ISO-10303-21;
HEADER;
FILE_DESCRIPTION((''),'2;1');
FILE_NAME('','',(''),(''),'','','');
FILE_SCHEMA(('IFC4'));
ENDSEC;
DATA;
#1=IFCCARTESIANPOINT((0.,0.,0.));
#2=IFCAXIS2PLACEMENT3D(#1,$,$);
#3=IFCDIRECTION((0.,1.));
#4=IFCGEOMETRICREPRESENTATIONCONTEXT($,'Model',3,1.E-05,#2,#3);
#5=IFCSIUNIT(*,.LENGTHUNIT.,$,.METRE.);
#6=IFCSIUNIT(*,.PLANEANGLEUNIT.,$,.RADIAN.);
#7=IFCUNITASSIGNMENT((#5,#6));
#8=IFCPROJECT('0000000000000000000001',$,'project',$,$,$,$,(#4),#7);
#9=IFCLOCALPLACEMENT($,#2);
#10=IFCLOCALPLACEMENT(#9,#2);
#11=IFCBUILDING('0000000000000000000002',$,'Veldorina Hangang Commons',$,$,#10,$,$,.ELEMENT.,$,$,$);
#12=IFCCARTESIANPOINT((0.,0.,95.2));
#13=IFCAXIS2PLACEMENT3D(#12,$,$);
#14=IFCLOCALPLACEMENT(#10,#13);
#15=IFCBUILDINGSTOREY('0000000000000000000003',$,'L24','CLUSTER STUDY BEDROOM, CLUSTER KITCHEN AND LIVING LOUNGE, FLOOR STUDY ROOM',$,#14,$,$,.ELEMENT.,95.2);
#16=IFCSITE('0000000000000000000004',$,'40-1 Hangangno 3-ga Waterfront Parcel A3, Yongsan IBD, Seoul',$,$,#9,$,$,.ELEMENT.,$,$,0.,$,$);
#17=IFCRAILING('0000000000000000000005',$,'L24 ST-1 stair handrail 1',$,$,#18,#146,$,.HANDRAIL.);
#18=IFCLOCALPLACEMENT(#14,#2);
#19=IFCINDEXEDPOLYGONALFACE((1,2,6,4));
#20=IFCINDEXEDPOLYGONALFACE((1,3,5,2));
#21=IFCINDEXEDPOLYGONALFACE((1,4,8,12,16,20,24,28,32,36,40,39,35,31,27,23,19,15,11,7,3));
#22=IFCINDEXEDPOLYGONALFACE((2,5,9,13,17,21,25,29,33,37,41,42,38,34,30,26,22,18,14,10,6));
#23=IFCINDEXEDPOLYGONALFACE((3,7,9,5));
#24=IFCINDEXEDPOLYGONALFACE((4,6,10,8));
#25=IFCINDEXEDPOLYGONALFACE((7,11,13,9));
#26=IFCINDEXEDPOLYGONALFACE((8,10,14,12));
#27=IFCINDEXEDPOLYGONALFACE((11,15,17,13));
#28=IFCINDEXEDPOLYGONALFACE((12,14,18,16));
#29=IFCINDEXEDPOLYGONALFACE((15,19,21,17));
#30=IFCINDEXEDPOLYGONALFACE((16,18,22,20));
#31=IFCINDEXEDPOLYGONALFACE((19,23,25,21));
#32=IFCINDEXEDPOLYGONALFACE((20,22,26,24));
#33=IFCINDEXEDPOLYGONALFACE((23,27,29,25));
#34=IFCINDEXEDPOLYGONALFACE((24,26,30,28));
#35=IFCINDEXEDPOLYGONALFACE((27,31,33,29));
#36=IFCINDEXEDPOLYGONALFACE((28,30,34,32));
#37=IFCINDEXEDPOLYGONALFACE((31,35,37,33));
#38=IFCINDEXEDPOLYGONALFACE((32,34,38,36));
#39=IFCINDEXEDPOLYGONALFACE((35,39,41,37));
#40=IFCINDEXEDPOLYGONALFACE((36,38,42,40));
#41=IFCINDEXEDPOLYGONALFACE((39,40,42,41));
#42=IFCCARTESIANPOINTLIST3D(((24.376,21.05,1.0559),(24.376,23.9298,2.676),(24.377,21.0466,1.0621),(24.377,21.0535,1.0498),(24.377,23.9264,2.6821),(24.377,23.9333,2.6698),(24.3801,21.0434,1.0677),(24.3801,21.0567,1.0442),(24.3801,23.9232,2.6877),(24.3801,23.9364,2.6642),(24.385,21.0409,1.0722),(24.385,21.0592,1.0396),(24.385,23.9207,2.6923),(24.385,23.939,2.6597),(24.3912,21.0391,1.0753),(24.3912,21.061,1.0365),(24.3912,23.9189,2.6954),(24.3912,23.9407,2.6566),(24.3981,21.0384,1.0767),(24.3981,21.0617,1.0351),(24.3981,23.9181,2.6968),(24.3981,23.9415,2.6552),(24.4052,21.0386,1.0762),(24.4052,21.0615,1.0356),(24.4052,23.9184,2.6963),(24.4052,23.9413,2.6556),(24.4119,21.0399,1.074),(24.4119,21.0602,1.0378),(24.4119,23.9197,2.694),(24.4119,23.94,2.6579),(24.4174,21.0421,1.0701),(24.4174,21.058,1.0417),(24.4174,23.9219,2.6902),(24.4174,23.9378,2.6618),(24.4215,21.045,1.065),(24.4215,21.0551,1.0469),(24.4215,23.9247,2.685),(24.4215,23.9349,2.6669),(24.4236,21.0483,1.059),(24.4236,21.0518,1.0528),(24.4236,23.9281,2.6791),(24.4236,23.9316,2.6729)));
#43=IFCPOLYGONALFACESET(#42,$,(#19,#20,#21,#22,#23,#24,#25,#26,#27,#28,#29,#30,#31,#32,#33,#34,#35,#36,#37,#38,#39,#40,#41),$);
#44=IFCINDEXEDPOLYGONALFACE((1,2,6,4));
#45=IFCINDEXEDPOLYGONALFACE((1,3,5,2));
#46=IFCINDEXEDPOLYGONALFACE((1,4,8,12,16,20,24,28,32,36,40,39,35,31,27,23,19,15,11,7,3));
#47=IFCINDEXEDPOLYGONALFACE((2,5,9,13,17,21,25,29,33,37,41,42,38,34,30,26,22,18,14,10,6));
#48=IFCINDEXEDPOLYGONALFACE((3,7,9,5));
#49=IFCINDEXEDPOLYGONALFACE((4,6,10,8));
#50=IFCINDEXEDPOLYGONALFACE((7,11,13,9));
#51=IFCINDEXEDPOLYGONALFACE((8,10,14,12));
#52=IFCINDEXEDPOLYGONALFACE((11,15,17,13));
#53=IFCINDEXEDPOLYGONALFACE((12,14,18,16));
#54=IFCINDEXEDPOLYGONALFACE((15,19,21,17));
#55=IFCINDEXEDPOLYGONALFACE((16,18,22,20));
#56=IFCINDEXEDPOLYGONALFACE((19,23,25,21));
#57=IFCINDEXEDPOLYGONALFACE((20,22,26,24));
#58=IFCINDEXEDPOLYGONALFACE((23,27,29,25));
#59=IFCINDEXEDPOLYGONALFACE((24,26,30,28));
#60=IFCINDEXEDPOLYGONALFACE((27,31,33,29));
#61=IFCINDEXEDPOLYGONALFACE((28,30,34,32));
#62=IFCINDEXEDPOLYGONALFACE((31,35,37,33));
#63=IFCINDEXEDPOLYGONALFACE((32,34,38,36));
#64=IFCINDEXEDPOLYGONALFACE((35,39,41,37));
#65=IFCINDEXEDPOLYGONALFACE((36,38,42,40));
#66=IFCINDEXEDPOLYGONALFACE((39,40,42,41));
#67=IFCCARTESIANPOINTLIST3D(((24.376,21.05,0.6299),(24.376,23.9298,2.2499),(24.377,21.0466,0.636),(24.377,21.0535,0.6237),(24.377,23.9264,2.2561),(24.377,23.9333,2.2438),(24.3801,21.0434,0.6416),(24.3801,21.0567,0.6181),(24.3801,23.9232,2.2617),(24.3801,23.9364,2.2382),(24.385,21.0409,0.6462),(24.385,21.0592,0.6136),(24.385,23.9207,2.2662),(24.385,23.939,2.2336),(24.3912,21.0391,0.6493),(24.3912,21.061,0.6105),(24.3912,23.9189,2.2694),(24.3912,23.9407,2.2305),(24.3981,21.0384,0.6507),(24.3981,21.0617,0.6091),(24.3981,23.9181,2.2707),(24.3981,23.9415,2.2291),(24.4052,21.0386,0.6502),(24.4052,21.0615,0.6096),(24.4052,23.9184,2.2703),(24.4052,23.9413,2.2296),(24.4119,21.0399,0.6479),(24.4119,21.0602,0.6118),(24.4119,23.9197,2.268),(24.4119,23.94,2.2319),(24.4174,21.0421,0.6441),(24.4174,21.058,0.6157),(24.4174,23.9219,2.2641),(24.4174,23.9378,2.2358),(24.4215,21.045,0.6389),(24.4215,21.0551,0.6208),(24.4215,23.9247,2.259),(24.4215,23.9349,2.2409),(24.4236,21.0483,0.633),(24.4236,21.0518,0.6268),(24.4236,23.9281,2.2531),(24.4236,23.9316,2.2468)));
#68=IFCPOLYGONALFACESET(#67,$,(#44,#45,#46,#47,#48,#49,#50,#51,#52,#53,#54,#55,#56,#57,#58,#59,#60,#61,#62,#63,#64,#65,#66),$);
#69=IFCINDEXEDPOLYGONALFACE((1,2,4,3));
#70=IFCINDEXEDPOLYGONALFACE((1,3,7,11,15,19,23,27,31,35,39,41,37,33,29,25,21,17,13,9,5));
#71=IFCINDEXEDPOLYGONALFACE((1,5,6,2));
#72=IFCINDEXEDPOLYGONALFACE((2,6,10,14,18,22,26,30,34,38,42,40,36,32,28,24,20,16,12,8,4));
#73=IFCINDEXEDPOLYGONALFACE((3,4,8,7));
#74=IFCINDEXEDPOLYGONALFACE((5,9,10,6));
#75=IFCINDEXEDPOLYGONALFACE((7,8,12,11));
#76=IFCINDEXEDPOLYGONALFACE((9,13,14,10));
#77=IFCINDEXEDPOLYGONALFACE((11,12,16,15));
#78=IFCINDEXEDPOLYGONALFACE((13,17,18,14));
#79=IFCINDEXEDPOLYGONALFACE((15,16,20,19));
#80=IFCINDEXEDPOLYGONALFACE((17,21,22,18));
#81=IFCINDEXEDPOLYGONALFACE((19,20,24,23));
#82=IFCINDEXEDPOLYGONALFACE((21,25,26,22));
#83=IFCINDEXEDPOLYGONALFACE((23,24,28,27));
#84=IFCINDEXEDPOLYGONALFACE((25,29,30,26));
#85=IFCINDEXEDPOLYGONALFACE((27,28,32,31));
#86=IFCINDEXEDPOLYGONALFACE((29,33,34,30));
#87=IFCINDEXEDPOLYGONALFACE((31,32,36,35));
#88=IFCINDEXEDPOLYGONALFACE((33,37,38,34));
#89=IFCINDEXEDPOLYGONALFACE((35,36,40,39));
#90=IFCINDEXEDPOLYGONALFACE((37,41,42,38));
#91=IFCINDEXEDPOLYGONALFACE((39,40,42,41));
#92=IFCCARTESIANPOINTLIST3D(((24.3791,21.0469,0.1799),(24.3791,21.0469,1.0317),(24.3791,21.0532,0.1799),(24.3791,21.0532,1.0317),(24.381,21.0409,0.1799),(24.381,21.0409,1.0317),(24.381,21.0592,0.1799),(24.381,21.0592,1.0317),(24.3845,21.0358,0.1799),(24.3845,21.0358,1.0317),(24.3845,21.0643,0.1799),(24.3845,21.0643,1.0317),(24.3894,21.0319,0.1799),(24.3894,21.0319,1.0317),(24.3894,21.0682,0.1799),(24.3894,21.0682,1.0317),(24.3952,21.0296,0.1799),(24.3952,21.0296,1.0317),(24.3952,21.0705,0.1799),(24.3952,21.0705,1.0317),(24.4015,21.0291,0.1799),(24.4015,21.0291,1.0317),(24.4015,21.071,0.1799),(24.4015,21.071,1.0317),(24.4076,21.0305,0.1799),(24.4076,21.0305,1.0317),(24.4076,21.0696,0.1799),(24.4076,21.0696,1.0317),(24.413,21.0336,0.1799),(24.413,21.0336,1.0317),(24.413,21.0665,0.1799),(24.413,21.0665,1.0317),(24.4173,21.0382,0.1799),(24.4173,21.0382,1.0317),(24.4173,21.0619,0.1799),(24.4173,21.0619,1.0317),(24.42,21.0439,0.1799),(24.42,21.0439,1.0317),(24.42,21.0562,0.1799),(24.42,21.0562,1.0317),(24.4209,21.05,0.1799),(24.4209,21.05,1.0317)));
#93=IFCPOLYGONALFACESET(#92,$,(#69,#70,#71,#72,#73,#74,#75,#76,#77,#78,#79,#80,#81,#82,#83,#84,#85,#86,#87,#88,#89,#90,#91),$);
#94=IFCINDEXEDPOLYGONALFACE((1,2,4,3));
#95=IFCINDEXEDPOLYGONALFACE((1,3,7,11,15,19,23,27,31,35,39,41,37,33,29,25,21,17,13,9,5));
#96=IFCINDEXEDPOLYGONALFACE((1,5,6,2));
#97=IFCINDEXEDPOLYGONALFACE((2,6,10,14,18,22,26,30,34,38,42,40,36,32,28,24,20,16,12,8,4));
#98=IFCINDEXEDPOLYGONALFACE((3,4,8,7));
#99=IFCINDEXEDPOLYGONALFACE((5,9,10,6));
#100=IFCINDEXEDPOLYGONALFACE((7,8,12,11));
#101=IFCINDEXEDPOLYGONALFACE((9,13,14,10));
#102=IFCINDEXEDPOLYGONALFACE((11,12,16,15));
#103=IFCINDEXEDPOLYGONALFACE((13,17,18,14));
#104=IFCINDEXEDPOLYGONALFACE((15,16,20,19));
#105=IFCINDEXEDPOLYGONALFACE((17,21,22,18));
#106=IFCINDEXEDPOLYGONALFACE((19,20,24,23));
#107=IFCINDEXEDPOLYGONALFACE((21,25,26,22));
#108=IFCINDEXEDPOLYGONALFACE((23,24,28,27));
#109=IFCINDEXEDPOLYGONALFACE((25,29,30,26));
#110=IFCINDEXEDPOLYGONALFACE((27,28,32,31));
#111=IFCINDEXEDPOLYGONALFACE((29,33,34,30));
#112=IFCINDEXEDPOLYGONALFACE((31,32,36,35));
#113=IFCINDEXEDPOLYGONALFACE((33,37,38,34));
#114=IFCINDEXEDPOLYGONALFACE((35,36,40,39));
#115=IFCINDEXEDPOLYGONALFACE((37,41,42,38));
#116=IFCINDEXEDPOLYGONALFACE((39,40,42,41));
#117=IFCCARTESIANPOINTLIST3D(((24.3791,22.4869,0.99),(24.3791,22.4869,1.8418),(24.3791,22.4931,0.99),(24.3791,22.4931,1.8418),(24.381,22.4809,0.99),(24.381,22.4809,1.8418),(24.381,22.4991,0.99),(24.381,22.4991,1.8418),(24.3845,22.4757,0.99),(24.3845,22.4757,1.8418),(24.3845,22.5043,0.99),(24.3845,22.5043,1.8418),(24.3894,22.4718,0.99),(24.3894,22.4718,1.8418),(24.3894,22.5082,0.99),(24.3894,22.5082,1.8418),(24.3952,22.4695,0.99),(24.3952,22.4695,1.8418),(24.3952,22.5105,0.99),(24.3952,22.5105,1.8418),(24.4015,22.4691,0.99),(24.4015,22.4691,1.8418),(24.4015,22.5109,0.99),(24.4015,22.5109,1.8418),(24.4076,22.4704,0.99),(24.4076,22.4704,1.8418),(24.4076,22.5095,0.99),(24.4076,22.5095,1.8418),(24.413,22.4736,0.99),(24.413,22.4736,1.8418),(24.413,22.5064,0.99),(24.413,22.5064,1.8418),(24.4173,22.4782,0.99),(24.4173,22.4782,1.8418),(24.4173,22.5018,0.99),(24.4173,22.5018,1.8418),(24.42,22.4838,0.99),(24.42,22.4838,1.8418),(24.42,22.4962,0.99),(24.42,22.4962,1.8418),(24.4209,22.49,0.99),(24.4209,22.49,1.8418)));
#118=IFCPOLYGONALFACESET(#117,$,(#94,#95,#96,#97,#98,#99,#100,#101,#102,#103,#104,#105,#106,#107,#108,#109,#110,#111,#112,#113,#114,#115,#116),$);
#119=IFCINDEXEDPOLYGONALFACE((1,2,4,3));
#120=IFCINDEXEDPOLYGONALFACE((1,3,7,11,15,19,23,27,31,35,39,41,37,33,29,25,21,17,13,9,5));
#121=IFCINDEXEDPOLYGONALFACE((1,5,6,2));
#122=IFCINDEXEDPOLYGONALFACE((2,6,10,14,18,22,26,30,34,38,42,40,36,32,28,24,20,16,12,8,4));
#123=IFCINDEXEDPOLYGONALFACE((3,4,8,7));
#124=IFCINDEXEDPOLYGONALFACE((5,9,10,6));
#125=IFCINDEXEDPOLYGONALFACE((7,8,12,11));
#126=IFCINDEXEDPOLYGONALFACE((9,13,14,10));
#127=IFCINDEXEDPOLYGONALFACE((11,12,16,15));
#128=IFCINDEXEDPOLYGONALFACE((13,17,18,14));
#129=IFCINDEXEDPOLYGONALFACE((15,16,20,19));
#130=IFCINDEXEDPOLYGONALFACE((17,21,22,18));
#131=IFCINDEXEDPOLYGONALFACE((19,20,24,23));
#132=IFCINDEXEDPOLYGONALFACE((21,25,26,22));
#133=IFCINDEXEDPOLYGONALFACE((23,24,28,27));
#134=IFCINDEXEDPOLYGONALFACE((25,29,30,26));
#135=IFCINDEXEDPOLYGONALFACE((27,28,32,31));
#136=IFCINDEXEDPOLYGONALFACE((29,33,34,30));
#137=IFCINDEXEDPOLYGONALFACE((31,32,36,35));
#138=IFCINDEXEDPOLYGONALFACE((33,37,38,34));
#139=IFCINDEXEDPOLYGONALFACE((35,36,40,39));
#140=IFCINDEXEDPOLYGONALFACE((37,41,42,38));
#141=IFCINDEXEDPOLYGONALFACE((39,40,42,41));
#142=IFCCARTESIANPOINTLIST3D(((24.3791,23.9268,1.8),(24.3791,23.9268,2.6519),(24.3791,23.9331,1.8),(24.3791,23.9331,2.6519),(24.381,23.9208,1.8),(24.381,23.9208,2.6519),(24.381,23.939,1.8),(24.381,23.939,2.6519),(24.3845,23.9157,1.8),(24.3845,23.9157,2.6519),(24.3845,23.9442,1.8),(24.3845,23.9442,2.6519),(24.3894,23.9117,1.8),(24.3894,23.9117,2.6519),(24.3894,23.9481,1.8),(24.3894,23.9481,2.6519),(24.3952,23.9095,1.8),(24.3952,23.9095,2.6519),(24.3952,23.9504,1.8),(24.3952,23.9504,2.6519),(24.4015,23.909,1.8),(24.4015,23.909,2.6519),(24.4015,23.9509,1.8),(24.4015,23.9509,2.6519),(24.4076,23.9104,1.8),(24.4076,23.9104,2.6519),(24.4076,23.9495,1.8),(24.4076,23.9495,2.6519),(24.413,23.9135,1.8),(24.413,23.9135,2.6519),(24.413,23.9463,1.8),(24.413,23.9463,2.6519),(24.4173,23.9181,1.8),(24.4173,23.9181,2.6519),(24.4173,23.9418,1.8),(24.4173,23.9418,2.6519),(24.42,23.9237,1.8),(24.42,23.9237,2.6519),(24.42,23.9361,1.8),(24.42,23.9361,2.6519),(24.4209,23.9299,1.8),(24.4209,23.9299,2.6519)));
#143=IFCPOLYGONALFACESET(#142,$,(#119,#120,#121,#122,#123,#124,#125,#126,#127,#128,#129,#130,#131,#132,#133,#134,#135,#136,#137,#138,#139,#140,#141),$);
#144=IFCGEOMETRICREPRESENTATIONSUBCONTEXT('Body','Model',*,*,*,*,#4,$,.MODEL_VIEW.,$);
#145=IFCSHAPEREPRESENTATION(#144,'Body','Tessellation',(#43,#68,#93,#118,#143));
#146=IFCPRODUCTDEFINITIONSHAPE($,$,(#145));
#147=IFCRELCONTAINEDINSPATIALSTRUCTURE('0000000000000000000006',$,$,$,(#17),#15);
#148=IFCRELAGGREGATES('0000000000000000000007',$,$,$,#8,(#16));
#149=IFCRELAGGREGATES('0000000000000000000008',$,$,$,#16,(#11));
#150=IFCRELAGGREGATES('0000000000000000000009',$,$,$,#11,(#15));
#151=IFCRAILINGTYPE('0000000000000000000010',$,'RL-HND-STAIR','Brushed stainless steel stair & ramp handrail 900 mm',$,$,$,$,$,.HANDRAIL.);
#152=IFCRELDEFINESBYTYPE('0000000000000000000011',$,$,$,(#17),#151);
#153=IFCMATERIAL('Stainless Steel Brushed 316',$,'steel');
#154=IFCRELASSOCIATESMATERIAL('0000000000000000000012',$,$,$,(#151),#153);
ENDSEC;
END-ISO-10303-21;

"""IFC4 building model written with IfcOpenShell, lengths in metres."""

from ifc_helpers import new_model, si_unit, direction, frame, origin, origin_2d, place, context, subcontext, project, spatial, circle, extrude, material, type_object, element, save


model = new_model("IFC4")

# Units and contexts
model_context = context("Model", 3, precision=1e-05, world=origin(), true_north=direction((0.0, 1.0)))
body_context = subcontext(model_context, "Body", "Model", "MODEL_VIEW")
ifc_project = project(units=[si_unit("LENGTHUNIT", "METRE"), si_unit("PLANEANGLEUNIT", "RADIAN")], contexts=[model_context])

# Site, building, storey
site_placement = place(None, origin())
site = spatial("IfcSite", under=ifc_project, at=site_placement, Name="40-1 Hangangno 3-ga Waterfront Parcel A3, Yongsan IBD, Seoul", CompositionType="ELEMENT", RefElevation=0.0)
building_placement = place(site_placement, origin())
building = spatial("IfcBuilding", under=site, at=building_placement, Name="Veldorina Hangang Commons", CompositionType="ELEMENT")
storey_placement = place(building_placement, frame((0.0, 0.0, 95.2)))
storey = spatial("IfcBuildingStorey", under=building, at=storey_placement, Name="L24", Description="CLUSTER STUDY BEDROOM, CLUSTER KITCHEN AND LIVING LOUNGE, FLOOR STUDY ROOM", CompositionType="ELEMENT", Elevation=95.2)

# Railing
ifc_material_1 = material(Name="Stainless Steel Brushed 316", Category="steel")
railing_type_1 = type_object("IfcRailingType", Name="RL-HND-STAIR", Description="Brushed stainless steel stair & ramp handrail 900 mm", PredefinedType="HANDRAIL", material=ifc_material_1)
railing_1_placement = place(storey_placement, frame((24.3999, 21.05, 0.1799)))
element("IfcRailing", 1, at=railing_1_placement, inside=storey, type_object=railing_type_1, Name="L24 ST-1 stair handrail 1", PredefinedType="HANDRAIL", context=body_context, shape_type="SweptSolid", body=[
    extrude(circle(Radius=0.0239, at=origin_2d()), frame((0.0, 0.0, 0.876), z_axis=(0.0, 0.871552, 0.490303), x_axis=(-1.0, 0.0, 0.0)), (0.0, 0.0, 1.0), 3.3042),
    extrude(circle(Radius=0.0239, at=origin_2d()), frame((0.0, 0.0, 0.45), z_axis=(0.0, 0.871552, 0.490303), x_axis=(-1.0, 0.0, 0.0)), (0.0, 0.0, 1.0), 3.3042),
    extrude(circle(Radius=0.021, at=origin_2d()), origin(), (0.0, 0.0, 1.0), 0.8518),
    extrude(circle(Radius=0.021, at=origin_2d()), frame((0.0, 1.4399, 0.8101)), (0.0, 0.0, 1.0), 0.8518),
    extrude(circle(Radius=0.021, at=origin_2d()), frame((0.0, 2.8799, 1.6201)), (0.0, 0.0, 1.0), 0.8518),
])

save(model, "model.ifc")
